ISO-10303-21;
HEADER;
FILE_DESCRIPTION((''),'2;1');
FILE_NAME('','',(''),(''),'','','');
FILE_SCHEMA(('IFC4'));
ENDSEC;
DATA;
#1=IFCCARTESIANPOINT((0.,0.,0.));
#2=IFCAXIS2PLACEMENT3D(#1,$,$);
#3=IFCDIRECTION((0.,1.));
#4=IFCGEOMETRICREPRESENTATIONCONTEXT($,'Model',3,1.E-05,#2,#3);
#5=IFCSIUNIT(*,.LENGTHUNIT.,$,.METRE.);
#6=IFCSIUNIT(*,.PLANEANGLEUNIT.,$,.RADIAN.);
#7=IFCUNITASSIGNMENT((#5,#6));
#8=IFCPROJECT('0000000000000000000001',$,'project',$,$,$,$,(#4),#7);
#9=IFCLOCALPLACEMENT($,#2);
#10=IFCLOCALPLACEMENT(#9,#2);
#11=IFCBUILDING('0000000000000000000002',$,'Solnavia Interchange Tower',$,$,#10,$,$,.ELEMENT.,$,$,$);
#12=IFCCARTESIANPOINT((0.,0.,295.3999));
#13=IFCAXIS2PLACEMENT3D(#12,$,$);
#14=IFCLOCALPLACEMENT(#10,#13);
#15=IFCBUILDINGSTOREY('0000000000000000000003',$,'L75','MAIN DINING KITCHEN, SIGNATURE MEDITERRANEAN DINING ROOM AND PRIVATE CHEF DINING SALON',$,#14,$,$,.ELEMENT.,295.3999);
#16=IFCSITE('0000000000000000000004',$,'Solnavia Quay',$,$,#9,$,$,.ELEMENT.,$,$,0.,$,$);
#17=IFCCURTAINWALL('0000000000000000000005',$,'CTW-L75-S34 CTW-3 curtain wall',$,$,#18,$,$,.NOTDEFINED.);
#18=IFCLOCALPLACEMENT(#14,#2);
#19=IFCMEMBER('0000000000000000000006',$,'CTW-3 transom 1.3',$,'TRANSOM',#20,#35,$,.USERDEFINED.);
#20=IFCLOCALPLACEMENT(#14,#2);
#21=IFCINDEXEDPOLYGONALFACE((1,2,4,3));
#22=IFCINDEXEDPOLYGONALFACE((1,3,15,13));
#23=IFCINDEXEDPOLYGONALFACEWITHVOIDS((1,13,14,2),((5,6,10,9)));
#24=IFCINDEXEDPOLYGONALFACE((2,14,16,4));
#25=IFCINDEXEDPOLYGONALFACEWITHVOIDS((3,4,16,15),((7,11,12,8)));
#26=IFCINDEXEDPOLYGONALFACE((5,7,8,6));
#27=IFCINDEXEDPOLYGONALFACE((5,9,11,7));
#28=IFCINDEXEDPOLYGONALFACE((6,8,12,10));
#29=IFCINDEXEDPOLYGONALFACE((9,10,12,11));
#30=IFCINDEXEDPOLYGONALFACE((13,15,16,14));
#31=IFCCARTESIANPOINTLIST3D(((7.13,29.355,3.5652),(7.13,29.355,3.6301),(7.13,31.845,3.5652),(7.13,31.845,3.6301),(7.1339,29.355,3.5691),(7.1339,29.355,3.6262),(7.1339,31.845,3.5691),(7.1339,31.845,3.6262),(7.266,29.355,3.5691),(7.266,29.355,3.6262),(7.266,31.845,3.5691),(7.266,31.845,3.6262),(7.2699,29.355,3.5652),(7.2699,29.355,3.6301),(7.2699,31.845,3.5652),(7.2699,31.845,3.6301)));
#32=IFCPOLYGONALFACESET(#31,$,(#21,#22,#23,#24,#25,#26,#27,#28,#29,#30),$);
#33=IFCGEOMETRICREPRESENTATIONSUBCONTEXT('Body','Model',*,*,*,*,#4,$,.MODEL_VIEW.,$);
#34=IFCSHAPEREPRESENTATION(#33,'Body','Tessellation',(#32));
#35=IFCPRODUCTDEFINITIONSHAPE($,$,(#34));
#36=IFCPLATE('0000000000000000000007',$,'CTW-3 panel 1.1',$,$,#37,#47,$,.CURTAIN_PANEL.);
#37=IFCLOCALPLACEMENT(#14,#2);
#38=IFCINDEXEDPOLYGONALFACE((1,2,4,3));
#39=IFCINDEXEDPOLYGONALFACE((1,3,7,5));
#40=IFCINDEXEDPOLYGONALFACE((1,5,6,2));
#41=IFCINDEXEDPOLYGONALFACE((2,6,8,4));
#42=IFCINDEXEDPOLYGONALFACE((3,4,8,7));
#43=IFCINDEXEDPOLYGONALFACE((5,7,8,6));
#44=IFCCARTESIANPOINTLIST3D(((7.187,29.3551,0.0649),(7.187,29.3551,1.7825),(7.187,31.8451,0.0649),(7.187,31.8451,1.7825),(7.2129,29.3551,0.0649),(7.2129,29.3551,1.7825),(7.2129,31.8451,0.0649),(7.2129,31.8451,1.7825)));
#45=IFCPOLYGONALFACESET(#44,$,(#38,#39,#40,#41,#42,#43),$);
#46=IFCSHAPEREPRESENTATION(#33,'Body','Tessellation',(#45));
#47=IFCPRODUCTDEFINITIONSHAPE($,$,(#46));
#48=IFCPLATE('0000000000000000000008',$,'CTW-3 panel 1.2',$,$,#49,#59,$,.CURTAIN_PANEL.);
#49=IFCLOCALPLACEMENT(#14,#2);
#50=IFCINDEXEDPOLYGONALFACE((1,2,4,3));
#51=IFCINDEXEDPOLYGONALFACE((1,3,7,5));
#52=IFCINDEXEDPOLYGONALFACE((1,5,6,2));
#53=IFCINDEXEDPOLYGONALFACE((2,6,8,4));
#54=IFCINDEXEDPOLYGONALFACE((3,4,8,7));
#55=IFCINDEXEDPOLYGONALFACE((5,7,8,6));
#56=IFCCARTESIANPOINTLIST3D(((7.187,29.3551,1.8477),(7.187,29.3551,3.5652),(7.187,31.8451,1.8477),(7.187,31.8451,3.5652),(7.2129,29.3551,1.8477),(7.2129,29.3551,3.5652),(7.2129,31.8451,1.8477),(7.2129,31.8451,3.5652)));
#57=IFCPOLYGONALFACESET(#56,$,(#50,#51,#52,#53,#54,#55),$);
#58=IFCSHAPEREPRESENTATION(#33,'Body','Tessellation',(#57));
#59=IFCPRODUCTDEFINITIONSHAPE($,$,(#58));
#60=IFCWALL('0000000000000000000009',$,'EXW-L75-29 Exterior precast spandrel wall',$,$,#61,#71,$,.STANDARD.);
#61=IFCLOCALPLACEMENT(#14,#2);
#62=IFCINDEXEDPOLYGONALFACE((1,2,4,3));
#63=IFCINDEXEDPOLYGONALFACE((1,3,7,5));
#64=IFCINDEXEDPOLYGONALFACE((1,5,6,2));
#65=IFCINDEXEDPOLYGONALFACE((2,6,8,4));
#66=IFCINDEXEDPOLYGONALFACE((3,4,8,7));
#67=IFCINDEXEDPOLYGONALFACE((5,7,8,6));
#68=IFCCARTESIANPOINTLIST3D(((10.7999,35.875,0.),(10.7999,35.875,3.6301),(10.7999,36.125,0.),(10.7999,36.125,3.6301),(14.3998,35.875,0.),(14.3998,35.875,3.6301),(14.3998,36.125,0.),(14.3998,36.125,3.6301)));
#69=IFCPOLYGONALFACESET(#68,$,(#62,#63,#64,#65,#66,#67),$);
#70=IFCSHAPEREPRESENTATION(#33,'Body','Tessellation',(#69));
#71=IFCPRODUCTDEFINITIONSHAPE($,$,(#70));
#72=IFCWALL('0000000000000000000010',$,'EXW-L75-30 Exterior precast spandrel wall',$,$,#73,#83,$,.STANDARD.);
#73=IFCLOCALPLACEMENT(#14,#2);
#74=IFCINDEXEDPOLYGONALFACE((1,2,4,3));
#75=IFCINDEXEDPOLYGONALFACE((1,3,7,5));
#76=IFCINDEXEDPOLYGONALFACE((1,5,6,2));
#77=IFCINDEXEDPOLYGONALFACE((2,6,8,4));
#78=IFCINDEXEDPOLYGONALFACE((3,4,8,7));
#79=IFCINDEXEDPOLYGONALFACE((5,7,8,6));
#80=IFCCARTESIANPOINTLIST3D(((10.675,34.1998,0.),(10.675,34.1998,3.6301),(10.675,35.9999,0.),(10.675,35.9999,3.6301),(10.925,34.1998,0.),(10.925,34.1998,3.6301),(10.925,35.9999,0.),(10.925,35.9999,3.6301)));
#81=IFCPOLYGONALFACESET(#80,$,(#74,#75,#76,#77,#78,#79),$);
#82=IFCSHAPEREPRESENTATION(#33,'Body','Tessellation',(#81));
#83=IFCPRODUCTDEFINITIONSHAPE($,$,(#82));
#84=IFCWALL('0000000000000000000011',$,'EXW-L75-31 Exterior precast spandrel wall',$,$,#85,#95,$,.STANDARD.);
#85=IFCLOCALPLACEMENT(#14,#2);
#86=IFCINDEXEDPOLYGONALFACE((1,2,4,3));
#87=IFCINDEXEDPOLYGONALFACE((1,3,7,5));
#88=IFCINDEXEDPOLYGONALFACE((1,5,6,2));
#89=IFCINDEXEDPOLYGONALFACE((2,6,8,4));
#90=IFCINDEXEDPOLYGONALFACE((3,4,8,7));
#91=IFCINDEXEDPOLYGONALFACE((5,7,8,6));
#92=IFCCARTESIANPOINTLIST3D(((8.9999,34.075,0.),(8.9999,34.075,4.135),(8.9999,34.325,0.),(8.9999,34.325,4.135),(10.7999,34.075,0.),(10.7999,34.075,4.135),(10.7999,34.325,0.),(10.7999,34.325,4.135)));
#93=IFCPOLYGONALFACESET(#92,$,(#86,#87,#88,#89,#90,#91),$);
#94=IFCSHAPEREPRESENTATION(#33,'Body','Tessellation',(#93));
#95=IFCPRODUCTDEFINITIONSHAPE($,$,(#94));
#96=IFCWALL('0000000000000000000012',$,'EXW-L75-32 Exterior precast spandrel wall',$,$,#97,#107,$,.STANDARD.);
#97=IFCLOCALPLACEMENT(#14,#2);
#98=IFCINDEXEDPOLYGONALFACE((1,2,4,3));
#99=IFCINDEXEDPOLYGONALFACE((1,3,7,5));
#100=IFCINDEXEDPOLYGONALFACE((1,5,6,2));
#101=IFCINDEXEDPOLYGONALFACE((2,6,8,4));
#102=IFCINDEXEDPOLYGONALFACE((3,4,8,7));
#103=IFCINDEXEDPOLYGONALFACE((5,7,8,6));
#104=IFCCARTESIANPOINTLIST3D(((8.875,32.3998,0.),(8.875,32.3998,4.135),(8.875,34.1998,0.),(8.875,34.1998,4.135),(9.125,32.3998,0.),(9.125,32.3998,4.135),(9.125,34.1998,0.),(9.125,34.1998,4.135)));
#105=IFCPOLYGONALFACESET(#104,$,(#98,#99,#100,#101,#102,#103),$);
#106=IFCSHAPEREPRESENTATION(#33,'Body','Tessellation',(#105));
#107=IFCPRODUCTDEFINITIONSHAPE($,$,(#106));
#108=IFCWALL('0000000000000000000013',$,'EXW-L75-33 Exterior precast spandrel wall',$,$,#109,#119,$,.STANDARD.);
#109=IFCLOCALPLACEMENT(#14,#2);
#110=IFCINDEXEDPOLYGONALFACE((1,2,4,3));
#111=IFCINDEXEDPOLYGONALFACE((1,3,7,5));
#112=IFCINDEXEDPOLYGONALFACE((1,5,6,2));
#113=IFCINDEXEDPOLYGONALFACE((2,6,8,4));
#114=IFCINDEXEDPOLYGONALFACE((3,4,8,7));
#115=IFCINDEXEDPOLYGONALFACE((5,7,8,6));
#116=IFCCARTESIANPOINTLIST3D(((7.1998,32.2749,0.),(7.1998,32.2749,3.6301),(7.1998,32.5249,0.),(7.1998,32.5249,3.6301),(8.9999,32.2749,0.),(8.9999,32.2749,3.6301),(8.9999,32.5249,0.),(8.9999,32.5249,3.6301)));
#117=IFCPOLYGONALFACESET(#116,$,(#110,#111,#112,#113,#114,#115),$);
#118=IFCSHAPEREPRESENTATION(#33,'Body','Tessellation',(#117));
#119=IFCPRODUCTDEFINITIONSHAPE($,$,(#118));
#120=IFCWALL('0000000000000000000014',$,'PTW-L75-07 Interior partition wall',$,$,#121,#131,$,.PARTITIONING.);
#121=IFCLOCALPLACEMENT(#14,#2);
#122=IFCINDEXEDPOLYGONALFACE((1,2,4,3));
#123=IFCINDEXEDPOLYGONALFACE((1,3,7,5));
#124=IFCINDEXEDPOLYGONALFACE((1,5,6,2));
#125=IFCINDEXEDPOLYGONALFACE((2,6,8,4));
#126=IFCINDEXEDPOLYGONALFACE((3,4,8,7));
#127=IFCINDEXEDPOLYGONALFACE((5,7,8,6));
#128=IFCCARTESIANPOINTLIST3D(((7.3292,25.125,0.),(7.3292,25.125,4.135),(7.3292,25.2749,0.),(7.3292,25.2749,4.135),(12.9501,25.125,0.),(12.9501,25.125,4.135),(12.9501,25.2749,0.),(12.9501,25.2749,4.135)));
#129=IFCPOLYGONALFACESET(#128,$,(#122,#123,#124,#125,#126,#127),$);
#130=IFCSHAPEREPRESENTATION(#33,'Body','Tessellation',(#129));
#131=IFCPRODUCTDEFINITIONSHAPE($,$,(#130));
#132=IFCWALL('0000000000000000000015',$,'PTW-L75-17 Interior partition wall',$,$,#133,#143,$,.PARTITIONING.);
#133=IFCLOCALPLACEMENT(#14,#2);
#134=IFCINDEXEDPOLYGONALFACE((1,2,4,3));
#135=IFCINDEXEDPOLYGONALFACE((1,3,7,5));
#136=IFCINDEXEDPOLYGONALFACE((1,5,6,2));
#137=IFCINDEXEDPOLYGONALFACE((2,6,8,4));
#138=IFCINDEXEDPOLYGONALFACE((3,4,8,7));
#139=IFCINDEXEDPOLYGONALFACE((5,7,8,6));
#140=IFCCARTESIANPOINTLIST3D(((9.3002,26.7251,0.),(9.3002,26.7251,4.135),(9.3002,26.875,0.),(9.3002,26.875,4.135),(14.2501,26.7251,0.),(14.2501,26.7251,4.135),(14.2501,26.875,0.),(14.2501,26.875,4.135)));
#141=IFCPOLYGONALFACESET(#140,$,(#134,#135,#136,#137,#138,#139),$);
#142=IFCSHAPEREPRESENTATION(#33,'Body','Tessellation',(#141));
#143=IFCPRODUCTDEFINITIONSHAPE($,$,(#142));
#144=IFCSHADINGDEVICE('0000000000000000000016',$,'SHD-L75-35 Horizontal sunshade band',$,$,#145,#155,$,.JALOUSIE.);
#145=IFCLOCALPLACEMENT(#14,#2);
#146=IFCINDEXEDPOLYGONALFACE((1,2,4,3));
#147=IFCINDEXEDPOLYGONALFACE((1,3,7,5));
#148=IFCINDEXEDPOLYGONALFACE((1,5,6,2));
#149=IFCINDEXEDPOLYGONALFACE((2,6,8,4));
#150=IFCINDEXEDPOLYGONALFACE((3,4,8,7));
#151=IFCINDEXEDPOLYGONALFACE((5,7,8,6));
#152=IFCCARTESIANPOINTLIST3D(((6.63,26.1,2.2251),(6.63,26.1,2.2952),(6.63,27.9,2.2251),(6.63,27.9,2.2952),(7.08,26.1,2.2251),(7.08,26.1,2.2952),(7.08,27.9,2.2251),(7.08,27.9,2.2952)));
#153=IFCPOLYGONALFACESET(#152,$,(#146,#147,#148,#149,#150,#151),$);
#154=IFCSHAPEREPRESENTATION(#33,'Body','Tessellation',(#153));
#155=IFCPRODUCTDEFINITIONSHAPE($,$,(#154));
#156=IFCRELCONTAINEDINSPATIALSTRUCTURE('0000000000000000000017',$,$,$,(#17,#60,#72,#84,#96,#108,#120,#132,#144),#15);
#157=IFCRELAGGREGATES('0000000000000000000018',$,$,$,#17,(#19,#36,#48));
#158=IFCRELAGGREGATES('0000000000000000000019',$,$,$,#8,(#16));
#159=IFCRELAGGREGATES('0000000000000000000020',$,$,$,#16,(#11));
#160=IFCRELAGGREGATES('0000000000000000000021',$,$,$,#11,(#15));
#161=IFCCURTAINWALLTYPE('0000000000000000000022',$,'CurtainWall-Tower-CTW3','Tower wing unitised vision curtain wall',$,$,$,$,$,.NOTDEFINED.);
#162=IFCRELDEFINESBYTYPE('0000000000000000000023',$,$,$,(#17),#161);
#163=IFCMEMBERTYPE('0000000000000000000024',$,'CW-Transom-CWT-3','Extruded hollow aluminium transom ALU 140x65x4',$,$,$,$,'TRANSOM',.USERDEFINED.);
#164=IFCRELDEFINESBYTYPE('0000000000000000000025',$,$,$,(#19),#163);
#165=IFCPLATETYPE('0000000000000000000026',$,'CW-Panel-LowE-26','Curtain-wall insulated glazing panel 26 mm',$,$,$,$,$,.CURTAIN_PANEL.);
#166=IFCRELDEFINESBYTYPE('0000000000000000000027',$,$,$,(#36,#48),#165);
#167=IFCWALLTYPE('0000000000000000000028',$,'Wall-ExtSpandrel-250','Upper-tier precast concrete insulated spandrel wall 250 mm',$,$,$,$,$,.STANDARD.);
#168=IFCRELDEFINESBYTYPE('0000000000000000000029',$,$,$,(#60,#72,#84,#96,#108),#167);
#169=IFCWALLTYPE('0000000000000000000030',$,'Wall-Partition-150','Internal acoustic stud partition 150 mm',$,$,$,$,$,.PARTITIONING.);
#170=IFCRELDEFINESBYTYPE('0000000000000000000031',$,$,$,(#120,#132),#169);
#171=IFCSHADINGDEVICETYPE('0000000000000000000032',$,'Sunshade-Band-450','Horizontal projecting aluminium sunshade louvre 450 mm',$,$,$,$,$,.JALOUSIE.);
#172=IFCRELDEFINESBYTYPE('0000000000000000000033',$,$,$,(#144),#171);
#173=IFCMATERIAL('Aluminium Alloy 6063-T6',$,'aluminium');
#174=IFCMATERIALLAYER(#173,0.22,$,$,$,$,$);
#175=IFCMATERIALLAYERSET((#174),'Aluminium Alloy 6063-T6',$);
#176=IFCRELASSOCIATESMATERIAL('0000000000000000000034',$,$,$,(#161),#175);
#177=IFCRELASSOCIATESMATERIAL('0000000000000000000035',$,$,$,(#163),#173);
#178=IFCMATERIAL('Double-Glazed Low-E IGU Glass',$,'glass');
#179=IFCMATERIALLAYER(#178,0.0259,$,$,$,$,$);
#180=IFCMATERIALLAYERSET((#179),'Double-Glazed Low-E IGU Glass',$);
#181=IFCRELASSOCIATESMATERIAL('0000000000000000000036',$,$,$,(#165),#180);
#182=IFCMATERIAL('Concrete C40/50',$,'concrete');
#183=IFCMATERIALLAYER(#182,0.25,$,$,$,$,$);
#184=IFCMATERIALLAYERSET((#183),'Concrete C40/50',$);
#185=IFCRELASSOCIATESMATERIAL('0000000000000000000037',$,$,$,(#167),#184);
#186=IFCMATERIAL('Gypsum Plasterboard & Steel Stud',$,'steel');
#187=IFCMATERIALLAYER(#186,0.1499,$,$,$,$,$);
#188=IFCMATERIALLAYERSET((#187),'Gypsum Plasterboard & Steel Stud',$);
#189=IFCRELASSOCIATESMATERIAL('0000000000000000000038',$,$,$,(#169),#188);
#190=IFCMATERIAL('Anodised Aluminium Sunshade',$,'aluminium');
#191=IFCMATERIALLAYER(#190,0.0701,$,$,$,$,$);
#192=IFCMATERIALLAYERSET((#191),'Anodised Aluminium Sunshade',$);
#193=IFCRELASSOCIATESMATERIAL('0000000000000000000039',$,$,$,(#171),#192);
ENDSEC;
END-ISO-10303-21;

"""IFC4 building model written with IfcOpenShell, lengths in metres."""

from ifc_helpers import new_model, si_unit, direction, frame, frame_2d, origin, origin_2d, place, context, subcontext, project, spatial, rectangle, hollow_rectangle, extrude, material, layer, layer_set, material_profile, profile_set, type_object, element, aggregate, save


model = new_model("IFC4")

# Units and contexts
model_context = context("Model", 3, precision=1e-05, world=origin(), true_north=direction((0.0, 1.0)))
body_context = subcontext(model_context, "Body", "Model", "MODEL_VIEW")
ifc_project = project(units=[si_unit("LENGTHUNIT", "METRE"), si_unit("PLANEANGLEUNIT", "RADIAN")], contexts=[model_context])

# Site, building, storey
site_placement = place(None, origin())
site = spatial("IfcSite", under=ifc_project, at=site_placement, Name="Solnavia Quay", CompositionType="ELEMENT", RefElevation=0.0)
building_placement = place(site_placement, origin())
building = spatial("IfcBuilding", under=site, at=building_placement, Name="Solnavia Interchange Tower", CompositionType="ELEMENT")
storey_placement = place(building_placement, frame((0.0, 0.0, 295.3999)))
storey = spatial("IfcBuildingStorey", under=building, at=storey_placement, Name="L75", Description="MAIN DINING KITCHEN, SIGNATURE MEDITERRANEAN DINING ROOM AND PRIVATE CHEF DINING SALON", CompositionType="ELEMENT", Elevation=295.3999)

# Curtain wall, member, plates
ifc_material_1 = material(Name="Aluminium Alloy 6063-T6", Category="aluminium")
ifc_layer_1 = layer(ifc_material_1, 0.22)
ifc_layer_set_1 = layer_set([ifc_layer_1], Name="Aluminium Alloy 6063-T6")
curtain_wall_type = type_object("IfcCurtainWallType", Name="CurtainWall-Tower-CTW3", Description="Tower wing unitised vision curtain wall", PredefinedType="NOTDEFINED", material=ifc_layer_set_1)
curtain_wall_placement = place(storey_placement, origin())
curtain_wall = element("IfcCurtainWall", 1, at=curtain_wall_placement, inside=storey, type_object=curtain_wall_type, Name="CTW-L75-S34 CTW-3 curtain wall", PredefinedType="NOTDEFINED")
ifc_material_profile_1 = material_profile(ifc_material_1, hollow_rectangle(XDim=0.0649, YDim=0.1399, WallThickness=0.0039, at=origin_2d()), Name="ALU 140x65x4")
ifc_profile_set_1 = profile_set([ifc_material_profile_1], Name="Aluminium Alloy 6063-T6")
member_type_1 = type_object("IfcMemberType", Name="CW-Transom-CWT-3", Description="Extruded hollow aluminium transom ALU 140x65x4", ElementType="TRANSOM", PredefinedType="USERDEFINED", material=ifc_profile_set_1)
member_1_placement = place(storey_placement, frame((7.2, 31.845, 3.5977), z_axis=(0.0, -1.0, 0.0), x_axis=(0.0, 0.0, 1.0)))
member_1 = element("IfcMember", 2, at=member_1_placement, type_object=member_type_1, Name="CTW-3 transom 1.3", ObjectType="TRANSOM", PredefinedType="USERDEFINED", context=body_context, shape_type="SweptSolid", body=[
    extrude(hollow_rectangle(XDim=0.0649, YDim=0.1399, WallThickness=0.0039, at=origin_2d()), origin(), (0.0, 0.0, 1.0), 2.49),
])
ifc_material_2 = material(Name="Double-Glazed Low-E IGU Glass", Category="glass")
ifc_layer_2 = layer(ifc_material_2, 0.0259)
ifc_layer_set_2 = layer_set([ifc_layer_2], Name="Double-Glazed Low-E IGU Glass")
plate_type = type_object("IfcPlateType", Name="CW-Panel-LowE-26", Description="Curtain-wall insulated glazing panel 26 mm", PredefinedType="CURTAIN_PANEL", material=ifc_layer_set_2)
plate_1_placement = place(storey_placement, frame((7.2, 30.6001, 0.0649), z_axis=(0.0, 0.0, 1.0), x_axis=(0.0, -1.0, 0.0)))
plate_1 = element("IfcPlate", 3, at=plate_1_placement, type_object=plate_type, Name="CTW-3 panel 1.1", PredefinedType="CURTAIN_PANEL", context=body_context, shape_type="SweptSolid", body=[
    extrude(rectangle(XDim=2.49, YDim=0.0259, at=origin_2d()), origin(), (0.0, 0.0, 1.0), 1.7175),
])
plate_2_placement = place(storey_placement, frame((7.2, 30.6001, 1.8477), z_axis=(0.0, 0.0, 1.0), x_axis=(0.0, -1.0, 0.0)))
plate_2 = element("IfcPlate", 4, at=plate_2_placement, type_object=plate_type, Name="CTW-3 panel 1.2", PredefinedType="CURTAIN_PANEL", context=body_context, shape_type="SweptSolid", body=[
    extrude(rectangle(XDim=2.49, YDim=0.0259, at=origin_2d()), origin(), (0.0, 0.0, 1.0), 1.7175),
])
aggregate(curtain_wall, [member_1, plate_1, plate_2])

# Walls
ifc_material_3 = material(Name="Concrete C40/50", Category="concrete")
ifc_layer_3 = layer(ifc_material_3, 0.25)
ifc_layer_set_3 = layer_set([ifc_layer_3], Name="Concrete C40/50")
wall_type_1 = type_object("IfcWallType", Name="Wall-ExtSpandrel-250", Description="Upper-tier precast concrete insulated spandrel wall 250 mm", PredefinedType="STANDARD", material=ifc_layer_set_3)
wall_1_placement = place(storey_placement, frame((10.8, 36.0, 0.0), z_axis=(0.0, 0.0, 1.0), x_axis=(1.0, 0.0, 0.0)))
element("IfcWall", 5, at=wall_1_placement, inside=storey, type_object=wall_type_1, Name="EXW-L75-29 Exterior precast spandrel wall", PredefinedType="STANDARD", context=body_context, shape_type="SweptSolid", body=[
    extrude(rectangle(XDim=3.5999, YDim=0.25, at=frame_2d((1.7998, 0.0))), origin(), (0.0, 0.0, 1.0), 3.6301),
])
wall_2_placement = place(storey_placement, frame((10.8, 34.2, 0.0), z_axis=(0.0, 0.0, 1.0), x_axis=(0.0, 1.0, 0.0)))
element("IfcWall", 6, at=wall_2_placement, inside=storey, type_object=wall_type_1, Name="EXW-L75-30 Exterior precast spandrel wall", PredefinedType="STANDARD", context=body_context, shape_type="SweptSolid", body=[
    extrude(rectangle(XDim=1.8, YDim=0.25, at=frame_2d((0.8999, 0.0))), origin(), (0.0, 0.0, 1.0), 3.6301),
])
for number, where, z_axis, x_axis, name in (
    (7, (9.0, 34.2, 0.0), (0.0, 0.0, 1.0), (1.0, 0.0, 0.0), "EXW-L75-31 Exterior precast spandrel wall"),
    (8, (9.0, 32.3999, 0.0), (0.0, 0.0, 1.0), (0.0, 1.0, 0.0), "EXW-L75-32 Exterior precast spandrel wall"),
):
    element("IfcWall", number, at=place(storey_placement, frame(where, z_axis=z_axis, x_axis=x_axis)), inside=storey, type_object=wall_type_1, Name=name, PredefinedType="STANDARD", context=body_context, shape_type="SweptSolid", body=[
        extrude(rectangle(XDim=1.8, YDim=0.25, at=frame_2d((0.8999, 0.0))), origin(), (0.0, 0.0, 1.0), 4.135),
    ])
wall_3_placement = place(storey_placement, frame((7.2, 32.3999, 0.0), z_axis=(0.0, 0.0, 1.0), x_axis=(1.0, 0.0, 0.0)))
element("IfcWall", 9, at=wall_3_placement, inside=storey, type_object=wall_type_1, Name="EXW-L75-33 Exterior precast spandrel wall", PredefinedType="STANDARD", context=body_context, shape_type="SweptSolid", body=[
    extrude(rectangle(XDim=1.8, YDim=0.25, at=frame_2d((0.8999, 0.0))), origin(), (0.0, 0.0, 1.0), 3.6301),
])
ifc_material_4 = material(Name="Gypsum Plasterboard & Steel Stud", Category="steel")
ifc_layer_4 = layer(ifc_material_4, 0.1499)
ifc_layer_set_4 = layer_set([ifc_layer_4], Name="Gypsum Plasterboard & Steel Stud")
wall_type_2 = type_object("IfcWallType", Name="Wall-Partition-150", Description="Internal acoustic stud partition 150 mm", PredefinedType="PARTITIONING", material=ifc_layer_set_4)
wall_4_placement = place(storey_placement, frame((7.3291, 25.2, 0.0), z_axis=(0.0, 0.0, 1.0), x_axis=(1.0, 0.0, 0.0)))
element("IfcWall", 10, at=wall_4_placement, inside=storey, type_object=wall_type_2, Name="PTW-L75-07 Interior partition wall", PredefinedType="PARTITIONING", context=body_context, shape_type="SweptSolid", body=[
    extrude(rectangle(XDim=5.6208, YDim=0.1499, at=frame_2d((2.8105, 0.0))), origin(), (0.0, 0.0, 1.0), 4.135),
])
wall_5_placement = place(storey_placement, frame((9.3, 26.8, 0.0), z_axis=(0.0, 0.0, 1.0), x_axis=(1.0, 0.0, 0.0)))
element("IfcWall", 11, at=wall_5_placement, inside=storey, type_object=wall_type_2, Name="PTW-L75-17 Interior partition wall", PredefinedType="PARTITIONING", context=body_context, shape_type="SweptSolid", body=[
    extrude(rectangle(XDim=4.95, YDim=0.1499, at=frame_2d((2.4751, 0.0))), origin(), (0.0, 0.0, 1.0), 4.135),
])

# Shading device
ifc_material_5 = material(Name="Anodised Aluminium Sunshade", Category="aluminium")
ifc_layer_5 = layer(ifc_material_5, 0.0701)
ifc_layer_set_5 = layer_set([ifc_layer_5], Name="Anodised Aluminium Sunshade")
shading_device_type = type_object("IfcShadingDeviceType", Name="Sunshade-Band-450", Description="Horizontal projecting aluminium sunshade louvre 450 mm", PredefinedType="JALOUSIE", material=ifc_layer_set_5)
shading_device_placement = place(storey_placement, frame((6.855, 27.0, 2.2251), z_axis=(0.0, 0.0, 1.0), x_axis=(0.0, 1.0, 0.0)))
element("IfcShadingDevice", 12, at=shading_device_placement, inside=storey, type_object=shading_device_type, Name="SHD-L75-35 Horizontal sunshade band", PredefinedType="JALOUSIE", context=body_context, shape_type="SweptSolid", body=[
    extrude(rectangle(XDim=1.8, YDim=0.45, at=origin_2d()), origin(), (0.0, 0.0, 1.0), 0.0701),
])

save(model, "model.ifc")
